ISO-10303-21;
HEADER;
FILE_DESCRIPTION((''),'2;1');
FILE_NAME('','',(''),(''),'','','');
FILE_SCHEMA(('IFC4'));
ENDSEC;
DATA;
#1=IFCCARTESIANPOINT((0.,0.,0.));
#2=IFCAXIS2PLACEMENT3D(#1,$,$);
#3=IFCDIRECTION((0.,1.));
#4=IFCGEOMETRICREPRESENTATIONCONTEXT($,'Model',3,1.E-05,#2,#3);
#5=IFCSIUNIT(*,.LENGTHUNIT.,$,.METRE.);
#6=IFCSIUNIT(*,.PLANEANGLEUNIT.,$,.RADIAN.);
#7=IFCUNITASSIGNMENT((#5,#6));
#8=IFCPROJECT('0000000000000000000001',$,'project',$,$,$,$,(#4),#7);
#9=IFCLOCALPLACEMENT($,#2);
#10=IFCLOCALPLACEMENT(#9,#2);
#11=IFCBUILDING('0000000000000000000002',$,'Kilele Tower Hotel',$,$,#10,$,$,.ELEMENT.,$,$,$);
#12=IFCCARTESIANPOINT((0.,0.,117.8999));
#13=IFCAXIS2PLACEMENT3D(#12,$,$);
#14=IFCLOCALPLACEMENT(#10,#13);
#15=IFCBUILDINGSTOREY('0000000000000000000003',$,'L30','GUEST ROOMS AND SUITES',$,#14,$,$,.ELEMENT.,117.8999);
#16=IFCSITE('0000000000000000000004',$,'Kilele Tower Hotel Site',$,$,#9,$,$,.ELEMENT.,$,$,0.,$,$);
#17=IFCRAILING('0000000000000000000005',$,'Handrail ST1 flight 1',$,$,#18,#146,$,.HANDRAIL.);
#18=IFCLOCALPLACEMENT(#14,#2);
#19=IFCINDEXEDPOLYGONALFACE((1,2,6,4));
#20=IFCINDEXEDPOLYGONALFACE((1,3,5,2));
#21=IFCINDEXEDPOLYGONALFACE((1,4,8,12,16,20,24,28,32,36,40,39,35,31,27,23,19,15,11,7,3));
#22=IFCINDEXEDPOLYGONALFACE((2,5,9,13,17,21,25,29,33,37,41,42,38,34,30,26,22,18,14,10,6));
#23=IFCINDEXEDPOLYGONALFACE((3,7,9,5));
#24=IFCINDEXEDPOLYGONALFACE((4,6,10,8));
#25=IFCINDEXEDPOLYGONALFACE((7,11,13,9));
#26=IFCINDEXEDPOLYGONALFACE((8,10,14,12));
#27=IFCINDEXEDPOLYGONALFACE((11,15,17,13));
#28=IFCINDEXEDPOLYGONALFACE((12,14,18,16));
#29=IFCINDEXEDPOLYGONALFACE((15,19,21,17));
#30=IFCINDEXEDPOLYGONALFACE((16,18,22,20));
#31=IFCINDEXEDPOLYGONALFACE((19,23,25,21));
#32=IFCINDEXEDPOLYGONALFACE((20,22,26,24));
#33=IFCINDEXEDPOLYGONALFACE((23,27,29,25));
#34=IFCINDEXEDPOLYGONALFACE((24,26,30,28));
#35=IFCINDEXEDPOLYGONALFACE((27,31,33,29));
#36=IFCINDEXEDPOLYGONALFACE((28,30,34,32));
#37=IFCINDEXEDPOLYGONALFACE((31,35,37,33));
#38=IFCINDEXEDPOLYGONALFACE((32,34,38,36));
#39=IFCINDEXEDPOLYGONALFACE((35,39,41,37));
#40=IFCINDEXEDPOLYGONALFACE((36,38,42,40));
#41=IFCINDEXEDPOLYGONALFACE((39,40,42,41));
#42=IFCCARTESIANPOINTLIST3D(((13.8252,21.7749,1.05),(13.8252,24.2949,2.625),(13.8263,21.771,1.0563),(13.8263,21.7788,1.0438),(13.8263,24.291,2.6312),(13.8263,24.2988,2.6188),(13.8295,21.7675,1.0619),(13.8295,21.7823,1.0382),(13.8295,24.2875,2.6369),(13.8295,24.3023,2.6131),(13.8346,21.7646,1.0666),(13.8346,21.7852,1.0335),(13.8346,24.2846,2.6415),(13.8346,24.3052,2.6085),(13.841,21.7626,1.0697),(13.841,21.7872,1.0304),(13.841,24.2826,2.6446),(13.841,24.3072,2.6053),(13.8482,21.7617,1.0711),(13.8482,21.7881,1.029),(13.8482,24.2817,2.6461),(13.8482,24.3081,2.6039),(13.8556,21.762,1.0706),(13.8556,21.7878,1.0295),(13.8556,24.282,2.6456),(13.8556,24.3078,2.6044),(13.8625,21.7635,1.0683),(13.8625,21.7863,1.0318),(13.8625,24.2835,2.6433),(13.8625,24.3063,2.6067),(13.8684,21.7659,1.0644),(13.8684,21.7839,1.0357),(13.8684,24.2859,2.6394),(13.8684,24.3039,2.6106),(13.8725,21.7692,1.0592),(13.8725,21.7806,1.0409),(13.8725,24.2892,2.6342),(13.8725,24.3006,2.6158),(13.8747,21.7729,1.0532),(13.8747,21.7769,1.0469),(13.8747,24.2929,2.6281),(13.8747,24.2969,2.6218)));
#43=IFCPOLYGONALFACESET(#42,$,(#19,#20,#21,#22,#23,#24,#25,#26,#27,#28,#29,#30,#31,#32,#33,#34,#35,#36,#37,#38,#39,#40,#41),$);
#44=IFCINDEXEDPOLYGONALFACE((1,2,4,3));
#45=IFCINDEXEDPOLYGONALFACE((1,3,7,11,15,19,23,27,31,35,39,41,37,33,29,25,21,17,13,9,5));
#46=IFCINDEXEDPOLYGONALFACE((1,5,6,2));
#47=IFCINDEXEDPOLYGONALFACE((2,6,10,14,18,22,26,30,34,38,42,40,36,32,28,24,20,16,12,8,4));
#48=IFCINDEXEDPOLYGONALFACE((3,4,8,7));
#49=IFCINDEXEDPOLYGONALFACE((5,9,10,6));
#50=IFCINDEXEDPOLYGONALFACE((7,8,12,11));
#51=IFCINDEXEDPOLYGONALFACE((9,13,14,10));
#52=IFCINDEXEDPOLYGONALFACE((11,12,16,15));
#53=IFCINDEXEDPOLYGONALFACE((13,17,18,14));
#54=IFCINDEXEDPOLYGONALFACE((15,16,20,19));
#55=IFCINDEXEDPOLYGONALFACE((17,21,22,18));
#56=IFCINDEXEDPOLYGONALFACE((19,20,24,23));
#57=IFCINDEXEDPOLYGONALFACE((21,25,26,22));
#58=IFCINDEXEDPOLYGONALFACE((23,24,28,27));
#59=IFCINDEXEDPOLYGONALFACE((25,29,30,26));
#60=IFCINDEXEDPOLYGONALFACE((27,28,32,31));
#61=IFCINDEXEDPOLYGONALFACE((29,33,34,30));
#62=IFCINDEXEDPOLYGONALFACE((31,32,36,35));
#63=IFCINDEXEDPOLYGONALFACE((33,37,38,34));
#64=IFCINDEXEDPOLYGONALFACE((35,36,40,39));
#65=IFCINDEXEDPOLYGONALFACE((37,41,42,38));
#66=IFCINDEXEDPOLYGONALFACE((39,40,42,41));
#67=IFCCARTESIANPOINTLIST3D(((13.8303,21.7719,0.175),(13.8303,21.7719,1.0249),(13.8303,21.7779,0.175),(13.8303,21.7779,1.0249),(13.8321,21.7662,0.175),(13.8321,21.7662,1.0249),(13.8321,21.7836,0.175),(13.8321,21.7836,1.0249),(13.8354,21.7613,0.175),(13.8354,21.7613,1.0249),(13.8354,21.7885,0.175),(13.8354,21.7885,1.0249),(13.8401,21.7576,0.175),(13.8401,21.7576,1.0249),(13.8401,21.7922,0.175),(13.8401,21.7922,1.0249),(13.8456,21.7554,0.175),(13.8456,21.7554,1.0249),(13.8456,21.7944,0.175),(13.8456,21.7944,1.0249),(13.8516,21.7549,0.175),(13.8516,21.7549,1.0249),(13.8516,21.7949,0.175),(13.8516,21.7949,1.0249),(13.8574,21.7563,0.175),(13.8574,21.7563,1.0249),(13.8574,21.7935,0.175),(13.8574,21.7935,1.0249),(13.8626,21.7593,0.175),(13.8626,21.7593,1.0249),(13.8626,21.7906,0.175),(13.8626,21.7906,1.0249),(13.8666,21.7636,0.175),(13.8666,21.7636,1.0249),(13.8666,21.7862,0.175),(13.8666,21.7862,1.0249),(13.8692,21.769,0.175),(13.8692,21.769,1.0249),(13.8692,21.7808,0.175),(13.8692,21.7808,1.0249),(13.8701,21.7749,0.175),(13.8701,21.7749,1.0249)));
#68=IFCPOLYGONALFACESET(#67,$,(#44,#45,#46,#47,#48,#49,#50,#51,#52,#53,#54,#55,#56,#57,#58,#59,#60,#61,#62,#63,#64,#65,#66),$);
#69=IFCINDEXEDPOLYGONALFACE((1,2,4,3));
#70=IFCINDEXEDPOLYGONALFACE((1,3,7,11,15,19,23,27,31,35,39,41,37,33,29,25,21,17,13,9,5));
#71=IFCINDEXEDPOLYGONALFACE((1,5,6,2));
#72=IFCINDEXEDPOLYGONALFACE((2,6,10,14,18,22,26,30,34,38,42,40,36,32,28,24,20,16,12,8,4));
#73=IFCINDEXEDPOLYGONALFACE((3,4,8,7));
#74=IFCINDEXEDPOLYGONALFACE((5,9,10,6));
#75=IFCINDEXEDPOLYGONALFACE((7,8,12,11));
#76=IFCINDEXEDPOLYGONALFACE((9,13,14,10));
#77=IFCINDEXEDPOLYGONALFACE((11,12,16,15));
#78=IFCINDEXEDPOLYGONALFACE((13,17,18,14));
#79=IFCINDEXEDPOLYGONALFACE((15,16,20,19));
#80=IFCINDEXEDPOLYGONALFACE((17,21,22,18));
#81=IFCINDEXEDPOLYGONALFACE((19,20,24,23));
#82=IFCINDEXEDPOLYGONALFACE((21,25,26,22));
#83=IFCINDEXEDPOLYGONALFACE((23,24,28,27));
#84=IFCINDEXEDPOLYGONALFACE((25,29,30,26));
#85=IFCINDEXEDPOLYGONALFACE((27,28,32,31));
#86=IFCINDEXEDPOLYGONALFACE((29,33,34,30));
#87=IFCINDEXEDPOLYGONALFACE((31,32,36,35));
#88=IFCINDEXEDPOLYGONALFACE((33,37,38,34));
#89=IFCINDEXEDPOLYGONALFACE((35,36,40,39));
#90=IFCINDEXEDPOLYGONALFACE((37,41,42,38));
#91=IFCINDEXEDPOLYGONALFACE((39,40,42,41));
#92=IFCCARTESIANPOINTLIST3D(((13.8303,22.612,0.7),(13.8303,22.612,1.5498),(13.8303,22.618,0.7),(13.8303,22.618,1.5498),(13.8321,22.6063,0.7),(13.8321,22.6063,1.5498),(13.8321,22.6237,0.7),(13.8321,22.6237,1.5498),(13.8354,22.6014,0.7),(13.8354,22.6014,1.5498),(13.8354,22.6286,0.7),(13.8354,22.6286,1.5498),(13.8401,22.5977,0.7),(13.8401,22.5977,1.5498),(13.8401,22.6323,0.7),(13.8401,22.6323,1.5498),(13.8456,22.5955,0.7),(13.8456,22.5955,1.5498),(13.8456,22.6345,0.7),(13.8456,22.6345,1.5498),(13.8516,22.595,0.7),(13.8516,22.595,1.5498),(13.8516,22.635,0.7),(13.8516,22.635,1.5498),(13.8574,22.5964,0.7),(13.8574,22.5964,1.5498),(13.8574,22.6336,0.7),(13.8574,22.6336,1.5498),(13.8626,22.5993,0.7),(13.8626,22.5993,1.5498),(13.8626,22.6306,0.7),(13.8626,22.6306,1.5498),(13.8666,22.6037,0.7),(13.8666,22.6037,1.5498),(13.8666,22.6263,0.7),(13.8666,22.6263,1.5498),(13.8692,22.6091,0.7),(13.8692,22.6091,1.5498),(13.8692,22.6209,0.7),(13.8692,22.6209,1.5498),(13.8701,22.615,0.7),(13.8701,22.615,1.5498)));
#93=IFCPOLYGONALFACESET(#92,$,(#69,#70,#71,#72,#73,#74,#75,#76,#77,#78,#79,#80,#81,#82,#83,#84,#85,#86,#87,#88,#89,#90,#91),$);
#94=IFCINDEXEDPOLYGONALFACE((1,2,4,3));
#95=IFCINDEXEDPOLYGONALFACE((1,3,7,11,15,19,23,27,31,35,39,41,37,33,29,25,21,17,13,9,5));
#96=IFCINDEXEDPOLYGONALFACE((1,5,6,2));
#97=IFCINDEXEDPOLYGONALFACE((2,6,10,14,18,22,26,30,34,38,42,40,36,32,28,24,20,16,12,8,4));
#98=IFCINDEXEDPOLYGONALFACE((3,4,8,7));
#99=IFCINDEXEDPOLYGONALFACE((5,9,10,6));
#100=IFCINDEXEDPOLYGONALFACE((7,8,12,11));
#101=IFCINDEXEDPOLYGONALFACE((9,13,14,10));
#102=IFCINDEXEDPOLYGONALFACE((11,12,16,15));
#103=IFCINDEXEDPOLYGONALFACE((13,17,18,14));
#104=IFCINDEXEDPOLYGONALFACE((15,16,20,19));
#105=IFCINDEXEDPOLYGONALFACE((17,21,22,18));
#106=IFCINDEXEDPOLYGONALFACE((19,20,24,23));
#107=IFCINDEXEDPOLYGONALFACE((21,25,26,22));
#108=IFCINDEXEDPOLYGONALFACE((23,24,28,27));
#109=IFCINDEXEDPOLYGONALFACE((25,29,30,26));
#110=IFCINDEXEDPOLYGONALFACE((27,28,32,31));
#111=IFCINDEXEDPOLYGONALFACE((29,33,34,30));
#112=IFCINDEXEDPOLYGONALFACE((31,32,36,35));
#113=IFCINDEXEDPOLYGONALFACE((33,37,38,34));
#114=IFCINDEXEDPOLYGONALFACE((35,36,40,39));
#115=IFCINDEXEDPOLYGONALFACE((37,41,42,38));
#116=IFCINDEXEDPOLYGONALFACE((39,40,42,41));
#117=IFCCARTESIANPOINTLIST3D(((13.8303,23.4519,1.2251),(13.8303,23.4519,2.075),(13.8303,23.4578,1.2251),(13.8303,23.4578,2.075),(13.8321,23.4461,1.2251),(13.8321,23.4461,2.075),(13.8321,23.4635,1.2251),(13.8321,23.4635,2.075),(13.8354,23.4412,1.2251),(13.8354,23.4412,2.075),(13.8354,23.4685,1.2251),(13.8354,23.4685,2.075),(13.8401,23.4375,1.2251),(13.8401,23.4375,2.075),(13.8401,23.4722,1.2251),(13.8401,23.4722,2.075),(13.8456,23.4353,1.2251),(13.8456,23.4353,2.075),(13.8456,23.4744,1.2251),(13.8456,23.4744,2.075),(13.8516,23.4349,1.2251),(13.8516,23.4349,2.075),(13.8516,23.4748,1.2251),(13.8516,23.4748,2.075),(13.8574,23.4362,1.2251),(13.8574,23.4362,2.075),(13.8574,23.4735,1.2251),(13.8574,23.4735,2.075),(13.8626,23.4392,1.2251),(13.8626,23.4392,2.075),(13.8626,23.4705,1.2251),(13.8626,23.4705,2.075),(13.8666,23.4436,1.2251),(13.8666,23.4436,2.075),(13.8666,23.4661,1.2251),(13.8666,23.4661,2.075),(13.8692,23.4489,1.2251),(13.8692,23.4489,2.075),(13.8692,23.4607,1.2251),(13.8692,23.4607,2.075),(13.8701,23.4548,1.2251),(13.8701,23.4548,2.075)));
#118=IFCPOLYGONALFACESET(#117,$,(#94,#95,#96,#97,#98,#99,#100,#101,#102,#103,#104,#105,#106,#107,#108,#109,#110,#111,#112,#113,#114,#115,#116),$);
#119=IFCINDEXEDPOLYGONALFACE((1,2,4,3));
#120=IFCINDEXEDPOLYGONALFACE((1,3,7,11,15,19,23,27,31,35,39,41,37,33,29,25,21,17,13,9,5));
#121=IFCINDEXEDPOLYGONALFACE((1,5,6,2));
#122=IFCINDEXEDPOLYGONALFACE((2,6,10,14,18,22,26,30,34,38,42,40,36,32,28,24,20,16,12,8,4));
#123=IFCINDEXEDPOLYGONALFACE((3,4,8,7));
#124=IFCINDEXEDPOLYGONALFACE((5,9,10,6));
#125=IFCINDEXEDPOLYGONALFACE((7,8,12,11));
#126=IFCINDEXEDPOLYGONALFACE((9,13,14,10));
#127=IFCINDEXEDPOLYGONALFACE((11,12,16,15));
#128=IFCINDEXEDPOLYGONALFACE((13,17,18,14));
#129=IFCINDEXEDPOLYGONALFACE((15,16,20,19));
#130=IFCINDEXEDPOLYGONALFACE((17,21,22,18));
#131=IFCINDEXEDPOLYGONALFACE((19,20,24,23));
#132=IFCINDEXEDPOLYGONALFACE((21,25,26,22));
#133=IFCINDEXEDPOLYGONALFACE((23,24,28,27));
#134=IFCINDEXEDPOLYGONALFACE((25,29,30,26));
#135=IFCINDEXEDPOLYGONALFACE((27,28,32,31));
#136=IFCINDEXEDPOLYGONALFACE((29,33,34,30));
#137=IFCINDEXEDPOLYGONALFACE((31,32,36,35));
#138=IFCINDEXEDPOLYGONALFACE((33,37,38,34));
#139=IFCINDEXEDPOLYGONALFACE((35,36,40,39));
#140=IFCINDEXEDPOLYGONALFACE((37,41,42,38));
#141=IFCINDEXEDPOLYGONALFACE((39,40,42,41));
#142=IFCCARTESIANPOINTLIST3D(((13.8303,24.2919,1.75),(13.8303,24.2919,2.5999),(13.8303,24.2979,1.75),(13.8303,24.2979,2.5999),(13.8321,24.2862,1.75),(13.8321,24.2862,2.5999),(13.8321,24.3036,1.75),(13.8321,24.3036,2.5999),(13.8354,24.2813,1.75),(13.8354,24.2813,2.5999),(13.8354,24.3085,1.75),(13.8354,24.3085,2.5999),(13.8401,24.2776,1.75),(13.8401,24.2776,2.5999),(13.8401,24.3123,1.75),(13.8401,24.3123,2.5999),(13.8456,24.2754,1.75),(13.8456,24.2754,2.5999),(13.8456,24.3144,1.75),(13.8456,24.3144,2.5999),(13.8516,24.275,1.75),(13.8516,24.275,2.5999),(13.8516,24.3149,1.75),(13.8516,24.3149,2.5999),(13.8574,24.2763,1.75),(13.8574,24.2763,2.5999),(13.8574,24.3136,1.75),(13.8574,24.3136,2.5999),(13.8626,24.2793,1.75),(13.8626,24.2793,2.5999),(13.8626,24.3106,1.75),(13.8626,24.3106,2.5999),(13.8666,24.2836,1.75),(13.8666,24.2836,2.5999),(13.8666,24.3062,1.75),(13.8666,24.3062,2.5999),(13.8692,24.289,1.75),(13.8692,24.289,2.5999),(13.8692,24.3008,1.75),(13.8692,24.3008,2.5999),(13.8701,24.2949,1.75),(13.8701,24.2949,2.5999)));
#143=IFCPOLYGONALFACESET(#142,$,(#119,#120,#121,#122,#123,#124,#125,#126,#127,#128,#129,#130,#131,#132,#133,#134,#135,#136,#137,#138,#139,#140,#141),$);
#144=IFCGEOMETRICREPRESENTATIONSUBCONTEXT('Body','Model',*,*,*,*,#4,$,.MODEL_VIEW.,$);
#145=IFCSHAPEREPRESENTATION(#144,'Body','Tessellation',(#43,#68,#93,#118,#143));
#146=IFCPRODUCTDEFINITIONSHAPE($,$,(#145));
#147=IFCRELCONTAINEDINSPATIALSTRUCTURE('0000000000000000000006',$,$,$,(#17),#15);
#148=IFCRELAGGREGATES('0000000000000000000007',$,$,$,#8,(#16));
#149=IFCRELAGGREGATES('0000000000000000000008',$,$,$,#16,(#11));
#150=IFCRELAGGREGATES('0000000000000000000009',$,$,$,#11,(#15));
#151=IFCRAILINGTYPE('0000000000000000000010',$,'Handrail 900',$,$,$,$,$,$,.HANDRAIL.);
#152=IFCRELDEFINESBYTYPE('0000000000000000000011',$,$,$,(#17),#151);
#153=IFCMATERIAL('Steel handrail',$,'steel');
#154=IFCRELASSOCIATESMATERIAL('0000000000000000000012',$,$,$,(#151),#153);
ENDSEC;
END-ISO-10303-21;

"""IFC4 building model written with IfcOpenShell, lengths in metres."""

from ifc_helpers import new_model, si_unit, direction, frame, origin, origin_2d, place, context, subcontext, project, spatial, circle, extrude, material, type_object, element, save


model = new_model("IFC4")

# Units and contexts
model_context = context("Model", 3, precision=1e-05, world=origin(), true_north=direction((0.0, 1.0)))
body_context = subcontext(model_context, "Body", "Model", "MODEL_VIEW")
ifc_project = project(units=[si_unit("LENGTHUNIT", "METRE"), si_unit("PLANEANGLEUNIT", "RADIAN")], contexts=[model_context])

# Site, building, storey
site_placement = place(None, origin())
site = spatial("IfcSite", under=ifc_project, at=site_placement, Name="Kilele Tower Hotel Site", CompositionType="ELEMENT", RefElevation=0.0)
building_placement = place(site_placement, origin())
building = spatial("IfcBuilding", under=site, at=building_placement, Name="Kilele Tower Hotel", CompositionType="ELEMENT")
storey_placement = place(building_placement, frame((0.0, 0.0, 117.8999)))
storey = spatial("IfcBuildingStorey", under=building, at=storey_placement, Name="L30", Description="GUEST ROOMS AND SUITES", CompositionType="ELEMENT", Elevation=117.8999)

# Railing
ifc_material_1 = material(Name="Steel handrail", Category="steel")
railing_type_1 = type_object("IfcRailingType", Name="Handrail 900", PredefinedType="HANDRAIL", material=ifc_material_1)
for number, where, name in (
    (1, (13.8501, 21.7749, 0.175), "Handrail ST1 flight 1"),
):
    element("IfcRailing", number, at=place(storey_placement, frame(where)), inside=storey, type_object=railing_type_1, Name=name, PredefinedType="HANDRAIL", context=body_context, shape_type="SweptSolid", body=[
        extrude(circle(Radius=0.0249, at=origin_2d()), frame((0.0, 0.0, 0.875), z_axis=(0.0, 0.848008, 0.529984), x_axis=(-1.0, 0.0, 0.0)), (0.0, 0.0, 1.0), 2.9717),
        extrude(circle(Radius=0.02, at=origin_2d()), origin(), (0.0, 0.0, 1.0), 0.8499),
        extrude(circle(Radius=0.02, at=origin_2d()), frame((0.0, 0.8401, 0.5249)), (0.0, 0.0, 1.0), 0.8499),
        extrude(circle(Radius=0.02, at=origin_2d()), frame((0.0, 1.6799, 1.05)), (0.0, 0.0, 1.0), 0.8499),
        extrude(circle(Radius=0.02, at=origin_2d()), frame((0.0, 2.52, 1.575)), (0.0, 0.0, 1.0), 0.8499),
    ])

save(model, "model.ifc")
